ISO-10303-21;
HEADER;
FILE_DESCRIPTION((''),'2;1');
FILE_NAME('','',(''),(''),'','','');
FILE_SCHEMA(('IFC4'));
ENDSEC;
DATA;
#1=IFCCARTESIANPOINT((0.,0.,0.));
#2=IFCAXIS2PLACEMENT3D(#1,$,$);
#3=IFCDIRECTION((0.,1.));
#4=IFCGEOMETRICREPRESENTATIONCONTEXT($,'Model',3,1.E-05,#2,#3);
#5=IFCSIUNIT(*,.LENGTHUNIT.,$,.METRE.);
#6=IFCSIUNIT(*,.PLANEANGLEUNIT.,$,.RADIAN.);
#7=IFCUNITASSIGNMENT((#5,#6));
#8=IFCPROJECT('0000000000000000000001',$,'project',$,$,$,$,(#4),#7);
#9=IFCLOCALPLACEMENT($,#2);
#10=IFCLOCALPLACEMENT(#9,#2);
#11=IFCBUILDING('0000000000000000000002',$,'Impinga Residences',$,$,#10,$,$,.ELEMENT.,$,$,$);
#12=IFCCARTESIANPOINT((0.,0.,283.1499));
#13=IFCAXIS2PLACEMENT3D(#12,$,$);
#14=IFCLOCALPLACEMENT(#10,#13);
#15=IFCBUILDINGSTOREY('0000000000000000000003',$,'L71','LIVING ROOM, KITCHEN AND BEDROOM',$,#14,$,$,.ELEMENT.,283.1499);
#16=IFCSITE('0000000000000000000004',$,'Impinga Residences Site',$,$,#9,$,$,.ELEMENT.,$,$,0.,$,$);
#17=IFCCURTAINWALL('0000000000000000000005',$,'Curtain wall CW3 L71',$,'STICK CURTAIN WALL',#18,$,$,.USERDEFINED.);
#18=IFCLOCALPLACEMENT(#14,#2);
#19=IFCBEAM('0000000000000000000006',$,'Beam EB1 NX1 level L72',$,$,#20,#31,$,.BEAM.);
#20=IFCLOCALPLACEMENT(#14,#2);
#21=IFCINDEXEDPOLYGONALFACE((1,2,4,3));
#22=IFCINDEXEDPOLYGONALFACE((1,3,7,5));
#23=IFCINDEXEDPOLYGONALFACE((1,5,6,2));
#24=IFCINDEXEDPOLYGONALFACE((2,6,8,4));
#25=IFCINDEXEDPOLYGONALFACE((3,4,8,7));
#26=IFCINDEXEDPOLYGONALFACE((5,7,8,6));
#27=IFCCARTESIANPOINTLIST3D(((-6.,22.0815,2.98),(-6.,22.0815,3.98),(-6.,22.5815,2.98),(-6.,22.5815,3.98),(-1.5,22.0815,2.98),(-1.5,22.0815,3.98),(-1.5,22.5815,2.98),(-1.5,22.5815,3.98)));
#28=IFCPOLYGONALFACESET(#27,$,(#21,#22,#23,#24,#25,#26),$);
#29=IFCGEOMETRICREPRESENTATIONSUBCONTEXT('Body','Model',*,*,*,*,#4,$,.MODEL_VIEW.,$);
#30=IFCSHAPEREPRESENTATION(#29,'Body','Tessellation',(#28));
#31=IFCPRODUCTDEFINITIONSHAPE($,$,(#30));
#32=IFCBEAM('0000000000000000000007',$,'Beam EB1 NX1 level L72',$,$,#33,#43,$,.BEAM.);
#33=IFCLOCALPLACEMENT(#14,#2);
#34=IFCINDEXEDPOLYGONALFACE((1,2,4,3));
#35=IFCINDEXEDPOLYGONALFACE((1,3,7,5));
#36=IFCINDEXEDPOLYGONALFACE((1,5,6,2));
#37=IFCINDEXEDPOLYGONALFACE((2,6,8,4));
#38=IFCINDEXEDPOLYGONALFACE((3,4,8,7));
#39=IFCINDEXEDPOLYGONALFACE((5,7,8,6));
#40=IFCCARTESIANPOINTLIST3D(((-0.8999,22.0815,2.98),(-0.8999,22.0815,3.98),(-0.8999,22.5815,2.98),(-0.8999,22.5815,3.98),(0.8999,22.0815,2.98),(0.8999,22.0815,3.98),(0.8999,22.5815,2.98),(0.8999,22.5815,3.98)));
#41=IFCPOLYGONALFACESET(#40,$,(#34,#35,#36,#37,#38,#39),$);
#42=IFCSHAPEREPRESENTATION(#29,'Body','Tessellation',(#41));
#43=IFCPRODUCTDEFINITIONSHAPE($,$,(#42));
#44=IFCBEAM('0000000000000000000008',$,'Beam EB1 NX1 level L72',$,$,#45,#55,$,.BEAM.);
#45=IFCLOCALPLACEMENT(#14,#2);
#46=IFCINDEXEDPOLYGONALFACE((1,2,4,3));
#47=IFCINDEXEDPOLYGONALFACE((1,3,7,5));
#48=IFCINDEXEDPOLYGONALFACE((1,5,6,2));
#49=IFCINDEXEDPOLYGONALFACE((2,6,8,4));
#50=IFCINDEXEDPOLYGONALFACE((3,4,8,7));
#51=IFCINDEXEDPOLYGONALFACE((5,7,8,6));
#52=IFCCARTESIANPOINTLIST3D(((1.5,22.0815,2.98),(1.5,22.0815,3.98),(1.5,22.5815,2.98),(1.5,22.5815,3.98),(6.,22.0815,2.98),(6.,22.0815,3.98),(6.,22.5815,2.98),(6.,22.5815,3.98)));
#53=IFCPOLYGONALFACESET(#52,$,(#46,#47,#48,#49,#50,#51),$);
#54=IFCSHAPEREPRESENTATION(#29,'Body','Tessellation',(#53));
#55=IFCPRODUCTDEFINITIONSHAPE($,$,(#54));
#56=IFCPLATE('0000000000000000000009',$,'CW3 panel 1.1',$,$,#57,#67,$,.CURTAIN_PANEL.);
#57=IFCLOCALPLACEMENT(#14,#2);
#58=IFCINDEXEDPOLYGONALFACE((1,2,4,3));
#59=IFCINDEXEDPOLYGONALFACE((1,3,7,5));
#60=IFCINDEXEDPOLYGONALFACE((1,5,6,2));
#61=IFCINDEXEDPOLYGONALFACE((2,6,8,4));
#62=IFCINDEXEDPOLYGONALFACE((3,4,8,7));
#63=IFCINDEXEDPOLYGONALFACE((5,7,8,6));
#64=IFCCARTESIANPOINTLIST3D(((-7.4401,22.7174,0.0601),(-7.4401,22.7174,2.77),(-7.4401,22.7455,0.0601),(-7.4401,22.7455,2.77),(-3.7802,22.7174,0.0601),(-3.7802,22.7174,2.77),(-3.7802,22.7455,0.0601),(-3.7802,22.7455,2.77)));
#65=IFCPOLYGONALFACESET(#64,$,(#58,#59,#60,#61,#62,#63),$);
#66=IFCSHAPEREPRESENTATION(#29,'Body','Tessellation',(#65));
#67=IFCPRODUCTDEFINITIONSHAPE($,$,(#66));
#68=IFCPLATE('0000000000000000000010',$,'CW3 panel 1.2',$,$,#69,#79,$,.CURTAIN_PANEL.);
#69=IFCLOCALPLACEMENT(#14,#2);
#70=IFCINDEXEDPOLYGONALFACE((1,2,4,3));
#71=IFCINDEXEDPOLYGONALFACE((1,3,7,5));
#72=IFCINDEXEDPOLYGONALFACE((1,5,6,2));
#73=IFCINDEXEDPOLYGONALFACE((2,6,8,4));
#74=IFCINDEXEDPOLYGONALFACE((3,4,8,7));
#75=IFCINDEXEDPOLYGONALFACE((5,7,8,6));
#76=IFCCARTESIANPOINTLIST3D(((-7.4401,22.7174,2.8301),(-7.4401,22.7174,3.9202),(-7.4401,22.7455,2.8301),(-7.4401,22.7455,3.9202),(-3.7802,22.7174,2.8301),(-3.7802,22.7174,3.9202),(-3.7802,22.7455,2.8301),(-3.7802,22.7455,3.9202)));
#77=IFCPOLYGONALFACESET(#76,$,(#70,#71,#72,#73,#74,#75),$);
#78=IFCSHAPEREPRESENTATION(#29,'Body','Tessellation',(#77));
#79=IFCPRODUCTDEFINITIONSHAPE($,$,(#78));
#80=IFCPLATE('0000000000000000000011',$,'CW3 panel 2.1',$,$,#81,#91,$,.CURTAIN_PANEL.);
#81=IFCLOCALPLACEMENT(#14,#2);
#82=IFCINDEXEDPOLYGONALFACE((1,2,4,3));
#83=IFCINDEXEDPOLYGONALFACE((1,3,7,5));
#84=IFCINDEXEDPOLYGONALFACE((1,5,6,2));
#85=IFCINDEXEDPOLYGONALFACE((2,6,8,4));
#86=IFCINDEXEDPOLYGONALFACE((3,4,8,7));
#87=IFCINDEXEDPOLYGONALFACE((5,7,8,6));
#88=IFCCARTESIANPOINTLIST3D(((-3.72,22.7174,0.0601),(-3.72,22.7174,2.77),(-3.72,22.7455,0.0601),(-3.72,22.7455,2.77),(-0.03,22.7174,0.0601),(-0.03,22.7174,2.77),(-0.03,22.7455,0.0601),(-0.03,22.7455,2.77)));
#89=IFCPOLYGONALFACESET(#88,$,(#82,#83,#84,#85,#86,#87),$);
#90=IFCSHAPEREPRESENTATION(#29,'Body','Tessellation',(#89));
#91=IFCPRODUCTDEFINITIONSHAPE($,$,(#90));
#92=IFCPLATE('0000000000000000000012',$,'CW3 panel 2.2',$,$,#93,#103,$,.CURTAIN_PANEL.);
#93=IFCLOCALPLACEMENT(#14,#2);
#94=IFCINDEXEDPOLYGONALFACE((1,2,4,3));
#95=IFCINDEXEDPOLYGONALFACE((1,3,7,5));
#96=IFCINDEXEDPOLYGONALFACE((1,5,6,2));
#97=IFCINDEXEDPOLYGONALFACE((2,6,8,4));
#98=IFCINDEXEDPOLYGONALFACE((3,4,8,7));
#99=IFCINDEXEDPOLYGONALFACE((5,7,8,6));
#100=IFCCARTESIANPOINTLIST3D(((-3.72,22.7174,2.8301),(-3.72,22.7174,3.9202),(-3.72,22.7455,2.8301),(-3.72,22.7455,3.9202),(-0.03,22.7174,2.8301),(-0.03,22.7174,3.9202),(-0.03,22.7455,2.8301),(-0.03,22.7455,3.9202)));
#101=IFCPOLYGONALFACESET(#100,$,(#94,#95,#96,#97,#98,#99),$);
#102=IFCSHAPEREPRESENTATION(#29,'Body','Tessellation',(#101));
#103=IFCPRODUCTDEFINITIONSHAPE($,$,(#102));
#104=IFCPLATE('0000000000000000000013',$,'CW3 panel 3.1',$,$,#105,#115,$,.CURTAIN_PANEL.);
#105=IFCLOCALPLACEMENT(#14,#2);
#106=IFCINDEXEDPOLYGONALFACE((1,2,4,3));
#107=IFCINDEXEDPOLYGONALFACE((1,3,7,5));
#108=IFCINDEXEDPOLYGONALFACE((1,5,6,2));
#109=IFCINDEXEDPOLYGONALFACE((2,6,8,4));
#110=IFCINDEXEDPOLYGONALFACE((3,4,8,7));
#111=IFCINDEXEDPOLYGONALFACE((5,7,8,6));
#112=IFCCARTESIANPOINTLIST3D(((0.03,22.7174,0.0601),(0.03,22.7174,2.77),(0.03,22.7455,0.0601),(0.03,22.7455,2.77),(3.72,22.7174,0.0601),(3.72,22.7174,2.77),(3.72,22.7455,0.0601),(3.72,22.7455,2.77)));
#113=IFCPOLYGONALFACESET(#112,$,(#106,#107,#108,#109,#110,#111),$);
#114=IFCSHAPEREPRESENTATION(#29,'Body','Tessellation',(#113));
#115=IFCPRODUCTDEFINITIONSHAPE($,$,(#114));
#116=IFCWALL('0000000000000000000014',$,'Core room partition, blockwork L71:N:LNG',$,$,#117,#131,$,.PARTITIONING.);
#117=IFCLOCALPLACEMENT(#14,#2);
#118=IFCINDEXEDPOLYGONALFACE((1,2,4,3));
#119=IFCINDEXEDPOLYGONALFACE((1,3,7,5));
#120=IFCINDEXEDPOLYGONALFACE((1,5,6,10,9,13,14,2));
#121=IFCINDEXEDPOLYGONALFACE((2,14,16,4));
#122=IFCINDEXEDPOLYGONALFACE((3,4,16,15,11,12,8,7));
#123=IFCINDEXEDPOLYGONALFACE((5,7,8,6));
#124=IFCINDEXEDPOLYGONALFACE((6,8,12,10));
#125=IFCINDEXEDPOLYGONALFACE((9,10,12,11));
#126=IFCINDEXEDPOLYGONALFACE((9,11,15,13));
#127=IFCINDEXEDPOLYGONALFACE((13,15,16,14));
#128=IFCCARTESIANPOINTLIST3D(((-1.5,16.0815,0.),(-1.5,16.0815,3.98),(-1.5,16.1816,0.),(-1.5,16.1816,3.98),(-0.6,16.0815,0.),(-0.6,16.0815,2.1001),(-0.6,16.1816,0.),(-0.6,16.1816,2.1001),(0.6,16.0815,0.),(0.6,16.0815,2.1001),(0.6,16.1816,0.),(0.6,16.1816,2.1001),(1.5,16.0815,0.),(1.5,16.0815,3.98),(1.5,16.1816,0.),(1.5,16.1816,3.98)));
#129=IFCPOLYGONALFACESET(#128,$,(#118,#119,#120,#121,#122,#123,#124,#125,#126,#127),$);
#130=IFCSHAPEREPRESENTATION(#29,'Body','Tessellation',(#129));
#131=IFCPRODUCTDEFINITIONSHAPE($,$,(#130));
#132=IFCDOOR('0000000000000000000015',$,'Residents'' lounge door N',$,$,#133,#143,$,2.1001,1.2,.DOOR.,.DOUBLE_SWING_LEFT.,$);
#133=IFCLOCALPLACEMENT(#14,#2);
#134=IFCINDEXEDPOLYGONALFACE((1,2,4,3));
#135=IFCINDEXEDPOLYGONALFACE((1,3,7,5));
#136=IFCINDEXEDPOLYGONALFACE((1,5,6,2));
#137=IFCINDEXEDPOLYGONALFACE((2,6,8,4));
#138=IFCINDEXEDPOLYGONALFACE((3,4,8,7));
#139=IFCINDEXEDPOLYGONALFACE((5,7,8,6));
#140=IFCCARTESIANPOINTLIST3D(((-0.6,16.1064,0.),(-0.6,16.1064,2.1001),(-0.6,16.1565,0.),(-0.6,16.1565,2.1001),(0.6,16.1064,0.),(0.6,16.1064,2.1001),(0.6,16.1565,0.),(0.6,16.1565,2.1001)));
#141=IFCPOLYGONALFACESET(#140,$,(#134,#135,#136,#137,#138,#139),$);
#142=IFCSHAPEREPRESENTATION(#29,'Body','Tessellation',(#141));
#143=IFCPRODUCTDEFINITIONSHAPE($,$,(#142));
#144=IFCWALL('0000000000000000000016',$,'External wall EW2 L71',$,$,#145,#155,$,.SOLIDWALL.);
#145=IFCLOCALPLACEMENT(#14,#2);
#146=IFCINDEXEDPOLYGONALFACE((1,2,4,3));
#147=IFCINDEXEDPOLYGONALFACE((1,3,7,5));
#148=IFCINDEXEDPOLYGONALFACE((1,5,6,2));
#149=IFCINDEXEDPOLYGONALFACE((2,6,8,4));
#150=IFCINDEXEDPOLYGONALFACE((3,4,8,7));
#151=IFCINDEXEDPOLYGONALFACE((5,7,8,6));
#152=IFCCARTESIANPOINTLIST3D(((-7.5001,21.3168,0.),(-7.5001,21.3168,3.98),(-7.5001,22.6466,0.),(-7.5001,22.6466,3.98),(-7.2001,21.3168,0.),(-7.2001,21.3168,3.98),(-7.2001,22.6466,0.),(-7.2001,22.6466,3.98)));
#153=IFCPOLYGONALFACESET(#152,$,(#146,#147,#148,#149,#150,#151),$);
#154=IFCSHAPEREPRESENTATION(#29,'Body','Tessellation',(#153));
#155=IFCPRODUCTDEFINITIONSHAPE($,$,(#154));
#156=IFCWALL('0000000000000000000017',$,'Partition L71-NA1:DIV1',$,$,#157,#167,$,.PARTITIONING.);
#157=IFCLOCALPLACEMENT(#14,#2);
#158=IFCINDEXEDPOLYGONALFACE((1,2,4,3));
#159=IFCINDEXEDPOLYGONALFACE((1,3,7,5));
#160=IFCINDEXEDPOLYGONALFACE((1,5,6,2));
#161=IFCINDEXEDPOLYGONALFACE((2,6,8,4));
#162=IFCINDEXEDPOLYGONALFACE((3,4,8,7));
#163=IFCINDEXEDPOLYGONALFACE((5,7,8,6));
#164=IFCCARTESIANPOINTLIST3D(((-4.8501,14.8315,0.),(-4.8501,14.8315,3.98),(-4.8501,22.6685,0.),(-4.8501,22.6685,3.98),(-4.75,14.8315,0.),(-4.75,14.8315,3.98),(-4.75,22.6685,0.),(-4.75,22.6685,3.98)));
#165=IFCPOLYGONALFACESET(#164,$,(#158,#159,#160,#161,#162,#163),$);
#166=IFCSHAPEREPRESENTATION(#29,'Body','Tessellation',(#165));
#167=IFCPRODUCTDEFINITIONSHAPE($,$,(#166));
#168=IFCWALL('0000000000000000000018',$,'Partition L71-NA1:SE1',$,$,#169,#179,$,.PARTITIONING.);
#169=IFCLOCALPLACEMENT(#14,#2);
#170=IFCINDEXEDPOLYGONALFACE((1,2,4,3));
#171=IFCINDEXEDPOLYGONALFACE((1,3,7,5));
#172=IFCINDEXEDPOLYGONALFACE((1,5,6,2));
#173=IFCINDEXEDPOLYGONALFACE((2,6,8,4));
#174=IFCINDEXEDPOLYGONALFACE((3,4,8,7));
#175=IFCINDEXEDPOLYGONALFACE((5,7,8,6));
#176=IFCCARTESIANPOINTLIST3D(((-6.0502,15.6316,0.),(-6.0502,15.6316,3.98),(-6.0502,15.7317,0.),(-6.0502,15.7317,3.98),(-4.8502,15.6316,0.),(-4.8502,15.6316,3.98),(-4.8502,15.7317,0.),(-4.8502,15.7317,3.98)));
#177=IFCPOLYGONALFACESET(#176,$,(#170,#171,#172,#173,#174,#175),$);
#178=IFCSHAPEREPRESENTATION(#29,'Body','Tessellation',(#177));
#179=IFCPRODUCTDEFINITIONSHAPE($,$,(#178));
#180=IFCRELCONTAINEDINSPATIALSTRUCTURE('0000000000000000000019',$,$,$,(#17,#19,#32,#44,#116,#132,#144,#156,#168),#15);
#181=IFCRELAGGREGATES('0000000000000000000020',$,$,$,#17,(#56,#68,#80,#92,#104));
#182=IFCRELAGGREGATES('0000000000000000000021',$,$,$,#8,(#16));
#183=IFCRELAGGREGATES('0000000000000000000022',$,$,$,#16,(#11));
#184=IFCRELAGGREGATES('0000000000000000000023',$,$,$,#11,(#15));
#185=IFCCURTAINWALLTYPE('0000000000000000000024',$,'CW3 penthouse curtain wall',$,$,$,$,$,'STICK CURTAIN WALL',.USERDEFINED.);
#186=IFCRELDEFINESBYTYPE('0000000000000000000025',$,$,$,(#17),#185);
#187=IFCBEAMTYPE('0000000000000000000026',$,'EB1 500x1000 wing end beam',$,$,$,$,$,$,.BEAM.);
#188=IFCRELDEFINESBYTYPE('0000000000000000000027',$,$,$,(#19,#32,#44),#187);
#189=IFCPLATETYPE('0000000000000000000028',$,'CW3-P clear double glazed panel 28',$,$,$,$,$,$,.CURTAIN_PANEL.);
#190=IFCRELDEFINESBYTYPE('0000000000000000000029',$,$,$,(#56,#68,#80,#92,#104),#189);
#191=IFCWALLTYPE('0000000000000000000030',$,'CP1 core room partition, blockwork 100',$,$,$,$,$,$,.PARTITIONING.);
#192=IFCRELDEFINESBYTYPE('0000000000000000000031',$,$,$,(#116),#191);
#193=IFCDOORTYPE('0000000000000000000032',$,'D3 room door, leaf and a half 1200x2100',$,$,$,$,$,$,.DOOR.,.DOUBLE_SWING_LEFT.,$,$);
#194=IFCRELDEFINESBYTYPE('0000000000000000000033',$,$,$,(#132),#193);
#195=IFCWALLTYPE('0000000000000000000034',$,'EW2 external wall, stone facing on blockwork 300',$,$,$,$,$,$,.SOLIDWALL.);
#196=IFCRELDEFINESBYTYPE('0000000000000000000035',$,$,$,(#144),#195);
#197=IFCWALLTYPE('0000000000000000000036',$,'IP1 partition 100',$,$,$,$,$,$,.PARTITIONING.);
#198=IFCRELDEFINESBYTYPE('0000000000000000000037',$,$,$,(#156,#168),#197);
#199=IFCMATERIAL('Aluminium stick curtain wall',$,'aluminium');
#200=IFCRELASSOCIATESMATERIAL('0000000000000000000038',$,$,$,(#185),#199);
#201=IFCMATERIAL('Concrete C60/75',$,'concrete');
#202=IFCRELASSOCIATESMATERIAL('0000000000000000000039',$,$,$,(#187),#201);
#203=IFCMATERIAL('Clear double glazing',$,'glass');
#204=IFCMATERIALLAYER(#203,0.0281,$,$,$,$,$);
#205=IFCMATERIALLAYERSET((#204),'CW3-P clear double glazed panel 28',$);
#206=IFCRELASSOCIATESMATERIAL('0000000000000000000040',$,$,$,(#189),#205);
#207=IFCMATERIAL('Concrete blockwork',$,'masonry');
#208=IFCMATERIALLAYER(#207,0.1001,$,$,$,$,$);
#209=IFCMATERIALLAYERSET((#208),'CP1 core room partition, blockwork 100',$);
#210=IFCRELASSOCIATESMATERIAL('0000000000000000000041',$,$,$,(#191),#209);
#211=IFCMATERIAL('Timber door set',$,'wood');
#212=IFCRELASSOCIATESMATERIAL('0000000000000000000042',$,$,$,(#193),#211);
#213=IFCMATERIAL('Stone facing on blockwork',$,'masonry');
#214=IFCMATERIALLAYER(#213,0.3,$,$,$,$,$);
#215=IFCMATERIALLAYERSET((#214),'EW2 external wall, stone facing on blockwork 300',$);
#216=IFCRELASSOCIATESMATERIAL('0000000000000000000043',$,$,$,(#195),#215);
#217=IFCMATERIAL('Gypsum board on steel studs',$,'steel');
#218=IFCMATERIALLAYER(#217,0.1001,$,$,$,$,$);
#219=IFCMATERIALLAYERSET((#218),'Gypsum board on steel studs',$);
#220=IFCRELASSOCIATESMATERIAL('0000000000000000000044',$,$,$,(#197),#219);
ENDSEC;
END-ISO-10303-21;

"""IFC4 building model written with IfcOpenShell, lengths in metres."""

from ifc_helpers import new_model, si_unit, direction, frame, frame_2d, origin, origin_2d, place, context, subcontext, project, spatial, rectangle, extrude, material, layer, layer_set, material_profile, profile_set, type_object, element, fill, aggregate, save


model = new_model("IFC4")

# Units and contexts
model_context = context("Model", 3, precision=1e-05, world=origin(), true_north=direction((0.0, 1.0)))
body_context = subcontext(model_context, "Body", "Model", "MODEL_VIEW")
ifc_project = project(units=[si_unit("LENGTHUNIT", "METRE"), si_unit("PLANEANGLEUNIT", "RADIAN")], contexts=[model_context])

# Site, building, storey
site_placement = place(None, origin())
site = spatial("IfcSite", under=ifc_project, at=site_placement, Name="Impinga Residences Site", CompositionType="ELEMENT", RefElevation=0.0)
building_placement = place(site_placement, origin())
building = spatial("IfcBuilding", under=site, at=building_placement, Name="Impinga Residences", CompositionType="ELEMENT")
storey_placement = place(building_placement, frame((0.0, 0.0, 283.1499)))
storey = spatial("IfcBuildingStorey", under=building, at=storey_placement, Name="L71", Description="LIVING ROOM, KITCHEN AND BEDROOM", CompositionType="ELEMENT", Elevation=283.1499)

# Shared definitions
ifc_material_1 = material(Name="Concrete C60/75", Category="concrete")

# Shared definitions
ifc_material_2 = material(Name="Aluminium stick curtain wall", Category="aluminium")
curtain_wall_type = type_object("IfcCurtainWallType", Name="CW3 penthouse curtain wall", ElementType="STICK CURTAIN WALL", PredefinedType="USERDEFINED", material=ifc_material_2)

# Curtain wall
curtain_wall_1_placement = place(storey_placement, origin())
curtain_wall_1 = element("IfcCurtainWall", 1, at=curtain_wall_1_placement, inside=storey, type_object=curtain_wall_type, Name="Curtain wall CW3 L71", ObjectType="STICK CURTAIN WALL", PredefinedType="USERDEFINED")

# Beams
ifc_material_profile_1 = material_profile(ifc_material_1, rectangle(XDim=0.5, YDim=1.0, at=origin_2d()), Name="RC 500x1000")
ifc_profile_set_1 = profile_set([ifc_material_profile_1], Name="Concrete C60/75")
beam_type_1 = type_object("IfcBeamType", Name="EB1 500x1000 wing end beam", PredefinedType="BEAM", material=ifc_profile_set_1)
beam_1_placement = place(storey_placement, frame((-6.0, 22.3315, 3.48), z_axis=(1.0, 0.0, 0.0), x_axis=(0.0, 1.0, 0.0)))
element("IfcBeam", 2, at=beam_1_placement, inside=storey, type_object=beam_type_1, Name="Beam EB1 NX1 level L72", PredefinedType="BEAM", context=body_context, shape_type="SweptSolid", body=[
    extrude(rectangle(XDim=0.5, YDim=1.0, at=origin_2d()), origin(), (0.0, 0.0, 1.0), 4.5),
])
beam_2_placement = place(storey_placement, frame((-0.8999, 22.3315, 3.48), z_axis=(1.0, 0.0, 0.0), x_axis=(0.0, 1.0, 0.0)))
element("IfcBeam", 3, at=beam_2_placement, inside=storey, type_object=beam_type_1, Name="Beam EB1 NX1 level L72", PredefinedType="BEAM", context=body_context, shape_type="SweptSolid", body=[
    extrude(rectangle(XDim=0.5, YDim=1.0, at=origin_2d()), origin(), (0.0, 0.0, 1.0), 1.7998),
])
beam_3_placement = place(storey_placement, frame((1.5, 22.3315, 3.48), z_axis=(1.0, 0.0, 0.0), x_axis=(0.0, 1.0, 0.0)))
element("IfcBeam", 4, at=beam_3_placement, inside=storey, type_object=beam_type_1, Name="Beam EB1 NX1 level L72", PredefinedType="BEAM", context=body_context, shape_type="SweptSolid", body=[
    extrude(rectangle(XDim=0.5, YDim=1.0, at=origin_2d()), origin(), (0.0, 0.0, 1.0), 4.5),
])

# Plates
ifc_material_3 = material(Name="Clear double glazing", Category="glass")
ifc_layer_1 = layer(ifc_material_3, 0.0281)
ifc_layer_set_1 = layer_set([ifc_layer_1], Name="CW3-P clear double glazed panel 28")
plate_type = type_object("IfcPlateType", Name="CW3-P clear double glazed panel 28", PredefinedType="CURTAIN_PANEL", material=ifc_layer_set_1)
plate_1_placement = place(storey_placement, frame((-5.6101, 22.7314, 0.0601), z_axis=(0.0, 0.0, 1.0), x_axis=(1.0, 0.0, 0.0)))
plate_1 = element("IfcPlate", 5, at=plate_1_placement, type_object=plate_type, Name="CW3 panel 1.1", PredefinedType="CURTAIN_PANEL", context=body_context, shape_type="SweptSolid", body=[
    extrude(rectangle(XDim=3.6599, YDim=0.0281, at=origin_2d()), origin(), (0.0, 0.0, 1.0), 2.71),
])
plate_2_placement = place(storey_placement, frame((-5.6101, 22.7314, 2.8301), z_axis=(0.0, 0.0, 1.0), x_axis=(1.0, 0.0, 0.0)))
plate_2 = element("IfcPlate", 6, at=plate_2_placement, type_object=plate_type, Name="CW3 panel 1.2", PredefinedType="CURTAIN_PANEL", context=body_context, shape_type="SweptSolid", body=[
    extrude(rectangle(XDim=3.6599, YDim=0.0281, at=origin_2d()), origin(), (0.0, 0.0, 1.0), 1.0901),
])
plate_3_placement = place(storey_placement, frame((-1.875, 22.7314, 0.0601), z_axis=(0.0, 0.0, 1.0), x_axis=(1.0, 0.0, 0.0)))
plate_3 = element("IfcPlate", 7, at=plate_3_placement, type_object=plate_type, Name="CW3 panel 2.1", PredefinedType="CURTAIN_PANEL", context=body_context, shape_type="SweptSolid", body=[
    extrude(rectangle(XDim=3.6899, YDim=0.0281, at=origin_2d()), origin(), (0.0, 0.0, 1.0), 2.71),
])
plate_4_placement = place(storey_placement, frame((-1.875, 22.7314, 2.8301), z_axis=(0.0, 0.0, 1.0), x_axis=(1.0, 0.0, 0.0)))
plate_4 = element("IfcPlate", 8, at=plate_4_placement, type_object=plate_type, Name="CW3 panel 2.2", PredefinedType="CURTAIN_PANEL", context=body_context, shape_type="SweptSolid", body=[
    extrude(rectangle(XDim=3.6899, YDim=0.0281, at=origin_2d()), origin(), (0.0, 0.0, 1.0), 1.0901),
])
plate_5_placement = place(storey_placement, frame((1.875, 22.7314, 0.0601), z_axis=(0.0, 0.0, 1.0), x_axis=(1.0, 0.0, 0.0)))
plate_5 = element("IfcPlate", 9, at=plate_5_placement, type_object=plate_type, Name="CW3 panel 3.1", PredefinedType="CURTAIN_PANEL", context=body_context, shape_type="SweptSolid", body=[
    extrude(rectangle(XDim=3.6899, YDim=0.0281, at=origin_2d()), origin(), (0.0, 0.0, 1.0), 2.71),
])
aggregate(curtain_wall_1, [plate_1, plate_2, plate_3, plate_4, plate_5])

# Wall, opening, door
ifc_material_4 = material(Name="Concrete blockwork", Category="masonry")
ifc_layer_2 = layer(ifc_material_4, 0.1001)
ifc_layer_set_2 = layer_set([ifc_layer_2], Name="CP1 core room partition, blockwork 100")
wall_type_1 = type_object("IfcWallType", Name="CP1 core room partition, blockwork 100", PredefinedType="PARTITIONING", material=ifc_layer_set_2)
wall_1_placement = place(storey_placement, frame((-1.5, 16.1316, 0.0), z_axis=(0.0, 0.0, 1.0), x_axis=(1.0, 0.0, 0.0)))
wall_1 = element("IfcWall", 10, at=wall_1_placement, inside=storey, type_object=wall_type_1, Name="Core room partition, blockwork L71:N:LNG", PredefinedType="PARTITIONING", context=body_context, shape_type="SweptSolid", body=[
    extrude(rectangle(XDim=3.0, YDim=0.1001, at=frame_2d((1.5, 0.0))), origin(), (0.0, 0.0, 1.0), 3.98),
])
opening_1_placement = place(wall_1_placement, frame((0.8999, 0.0, 0.0)))
opening_1 = element("IfcOpeningElement", 11, at=opening_1_placement, cuts=wall_1, PredefinedType="OPENING", context=body_context, shape_type="SweptSolid", body=[
    extrude(rectangle(XDim=1.2, YDim=2.1001, at=frame_2d((0.6001, 1.05))), frame((0.0, 0.0601, 0.0), z_axis=(0.0, -1.0, 0.0), x_axis=(1.0, 0.0, 0.0)), (0.0, 0.0, 1.0), 0.1201),
])
ifc_material_5 = material(Name="Timber door set", Category="wood")
door_type_1 = type_object("IfcDoorType", Name="D3 room door, leaf and a half 1200x2100", OperationType="DOUBLE_SWING_LEFT", PredefinedType="DOOR", material=ifc_material_5)
door_1_placement = place(opening_1_placement, origin())
door_1 = element("IfcDoor", 12, at=door_1_placement, inside=storey, type_object=door_type_1, Name="Residents' lounge door N", OperationType="DOUBLE_SWING_LEFT", OverallHeight=2.1001, OverallWidth=1.2, PredefinedType="DOOR", context=body_context, shape_type="SweptSolid", body=[
    extrude(rectangle(XDim=1.2, YDim=2.1001, at=frame_2d((0.6001, 1.05))), frame((0.0, 0.0249, 0.0), z_axis=(0.0, -1.0, 0.0), x_axis=(1.0, 0.0, 0.0)), (0.0, 0.0, 1.0), 0.05),
])
fill(opening_1, door_1)

# Walls
ifc_material_6 = material(Name="Stone facing on blockwork", Category="masonry")
ifc_layer_3 = layer(ifc_material_6, 0.3)
ifc_layer_set_3 = layer_set([ifc_layer_3], Name="EW2 external wall, stone facing on blockwork 300")
wall_type_2 = type_object("IfcWallType", Name="EW2 external wall, stone facing on blockwork 300", PredefinedType="SOLIDWALL", material=ifc_layer_set_3)
wall_2_placement = place(storey_placement, frame((-7.3501, 21.3167, 0.0), z_axis=(0.0, 0.0, 1.0), x_axis=(0.0, 1.0, 0.0)))
element("IfcWall", 13, at=wall_2_placement, inside=storey, type_object=wall_type_2, Name="External wall EW2 L71", PredefinedType="SOLIDWALL", context=body_context, shape_type="SweptSolid", body=[
    extrude(rectangle(XDim=1.3298, YDim=0.3, at=frame_2d((0.665, 0.0))), origin(), (0.0, 0.0, 1.0), 3.98),
])
ifc_material_7 = material(Name="Gypsum board on steel studs", Category="steel")
ifc_layer_4 = layer(ifc_material_7, 0.1001)
ifc_layer_set_4 = layer_set([ifc_layer_4], Name="Gypsum board on steel studs")
wall_type_3 = type_object("IfcWallType", Name="IP1 partition 100", PredefinedType="PARTITIONING", material=ifc_layer_set_4)
wall_3_placement = place(storey_placement, frame((-4.8, 14.8315, 0.0), z_axis=(0.0, 0.0, 1.0), x_axis=(0.0, 1.0, 0.0)))
element("IfcWall", 14, at=wall_3_placement, inside=storey, type_object=wall_type_3, Name="Partition L71-NA1:DIV1", PredefinedType="PARTITIONING", context=body_context, shape_type="SweptSolid", body=[
    extrude(rectangle(XDim=7.8369, YDim=0.1001, at=frame_2d((3.9185, 0.0))), origin(), (0.0, 0.0, 1.0), 3.98),
])
wall_4_placement = place(storey_placement, frame((-4.8501, 15.6816, 0.0), z_axis=(0.0, 0.0, 1.0), x_axis=(-1.0, 0.0, 0.0)))
element("IfcWall", 15, at=wall_4_placement, inside=storey, type_object=wall_type_3, Name="Partition L71-NA1:SE1", PredefinedType="PARTITIONING", context=body_context, shape_type="SweptSolid", body=[
    extrude(rectangle(XDim=1.2, YDim=0.1001, at=frame_2d((0.6001, 0.0))), origin(), (0.0, 0.0, 1.0), 3.98),
])

save(model, "model.ifc")
